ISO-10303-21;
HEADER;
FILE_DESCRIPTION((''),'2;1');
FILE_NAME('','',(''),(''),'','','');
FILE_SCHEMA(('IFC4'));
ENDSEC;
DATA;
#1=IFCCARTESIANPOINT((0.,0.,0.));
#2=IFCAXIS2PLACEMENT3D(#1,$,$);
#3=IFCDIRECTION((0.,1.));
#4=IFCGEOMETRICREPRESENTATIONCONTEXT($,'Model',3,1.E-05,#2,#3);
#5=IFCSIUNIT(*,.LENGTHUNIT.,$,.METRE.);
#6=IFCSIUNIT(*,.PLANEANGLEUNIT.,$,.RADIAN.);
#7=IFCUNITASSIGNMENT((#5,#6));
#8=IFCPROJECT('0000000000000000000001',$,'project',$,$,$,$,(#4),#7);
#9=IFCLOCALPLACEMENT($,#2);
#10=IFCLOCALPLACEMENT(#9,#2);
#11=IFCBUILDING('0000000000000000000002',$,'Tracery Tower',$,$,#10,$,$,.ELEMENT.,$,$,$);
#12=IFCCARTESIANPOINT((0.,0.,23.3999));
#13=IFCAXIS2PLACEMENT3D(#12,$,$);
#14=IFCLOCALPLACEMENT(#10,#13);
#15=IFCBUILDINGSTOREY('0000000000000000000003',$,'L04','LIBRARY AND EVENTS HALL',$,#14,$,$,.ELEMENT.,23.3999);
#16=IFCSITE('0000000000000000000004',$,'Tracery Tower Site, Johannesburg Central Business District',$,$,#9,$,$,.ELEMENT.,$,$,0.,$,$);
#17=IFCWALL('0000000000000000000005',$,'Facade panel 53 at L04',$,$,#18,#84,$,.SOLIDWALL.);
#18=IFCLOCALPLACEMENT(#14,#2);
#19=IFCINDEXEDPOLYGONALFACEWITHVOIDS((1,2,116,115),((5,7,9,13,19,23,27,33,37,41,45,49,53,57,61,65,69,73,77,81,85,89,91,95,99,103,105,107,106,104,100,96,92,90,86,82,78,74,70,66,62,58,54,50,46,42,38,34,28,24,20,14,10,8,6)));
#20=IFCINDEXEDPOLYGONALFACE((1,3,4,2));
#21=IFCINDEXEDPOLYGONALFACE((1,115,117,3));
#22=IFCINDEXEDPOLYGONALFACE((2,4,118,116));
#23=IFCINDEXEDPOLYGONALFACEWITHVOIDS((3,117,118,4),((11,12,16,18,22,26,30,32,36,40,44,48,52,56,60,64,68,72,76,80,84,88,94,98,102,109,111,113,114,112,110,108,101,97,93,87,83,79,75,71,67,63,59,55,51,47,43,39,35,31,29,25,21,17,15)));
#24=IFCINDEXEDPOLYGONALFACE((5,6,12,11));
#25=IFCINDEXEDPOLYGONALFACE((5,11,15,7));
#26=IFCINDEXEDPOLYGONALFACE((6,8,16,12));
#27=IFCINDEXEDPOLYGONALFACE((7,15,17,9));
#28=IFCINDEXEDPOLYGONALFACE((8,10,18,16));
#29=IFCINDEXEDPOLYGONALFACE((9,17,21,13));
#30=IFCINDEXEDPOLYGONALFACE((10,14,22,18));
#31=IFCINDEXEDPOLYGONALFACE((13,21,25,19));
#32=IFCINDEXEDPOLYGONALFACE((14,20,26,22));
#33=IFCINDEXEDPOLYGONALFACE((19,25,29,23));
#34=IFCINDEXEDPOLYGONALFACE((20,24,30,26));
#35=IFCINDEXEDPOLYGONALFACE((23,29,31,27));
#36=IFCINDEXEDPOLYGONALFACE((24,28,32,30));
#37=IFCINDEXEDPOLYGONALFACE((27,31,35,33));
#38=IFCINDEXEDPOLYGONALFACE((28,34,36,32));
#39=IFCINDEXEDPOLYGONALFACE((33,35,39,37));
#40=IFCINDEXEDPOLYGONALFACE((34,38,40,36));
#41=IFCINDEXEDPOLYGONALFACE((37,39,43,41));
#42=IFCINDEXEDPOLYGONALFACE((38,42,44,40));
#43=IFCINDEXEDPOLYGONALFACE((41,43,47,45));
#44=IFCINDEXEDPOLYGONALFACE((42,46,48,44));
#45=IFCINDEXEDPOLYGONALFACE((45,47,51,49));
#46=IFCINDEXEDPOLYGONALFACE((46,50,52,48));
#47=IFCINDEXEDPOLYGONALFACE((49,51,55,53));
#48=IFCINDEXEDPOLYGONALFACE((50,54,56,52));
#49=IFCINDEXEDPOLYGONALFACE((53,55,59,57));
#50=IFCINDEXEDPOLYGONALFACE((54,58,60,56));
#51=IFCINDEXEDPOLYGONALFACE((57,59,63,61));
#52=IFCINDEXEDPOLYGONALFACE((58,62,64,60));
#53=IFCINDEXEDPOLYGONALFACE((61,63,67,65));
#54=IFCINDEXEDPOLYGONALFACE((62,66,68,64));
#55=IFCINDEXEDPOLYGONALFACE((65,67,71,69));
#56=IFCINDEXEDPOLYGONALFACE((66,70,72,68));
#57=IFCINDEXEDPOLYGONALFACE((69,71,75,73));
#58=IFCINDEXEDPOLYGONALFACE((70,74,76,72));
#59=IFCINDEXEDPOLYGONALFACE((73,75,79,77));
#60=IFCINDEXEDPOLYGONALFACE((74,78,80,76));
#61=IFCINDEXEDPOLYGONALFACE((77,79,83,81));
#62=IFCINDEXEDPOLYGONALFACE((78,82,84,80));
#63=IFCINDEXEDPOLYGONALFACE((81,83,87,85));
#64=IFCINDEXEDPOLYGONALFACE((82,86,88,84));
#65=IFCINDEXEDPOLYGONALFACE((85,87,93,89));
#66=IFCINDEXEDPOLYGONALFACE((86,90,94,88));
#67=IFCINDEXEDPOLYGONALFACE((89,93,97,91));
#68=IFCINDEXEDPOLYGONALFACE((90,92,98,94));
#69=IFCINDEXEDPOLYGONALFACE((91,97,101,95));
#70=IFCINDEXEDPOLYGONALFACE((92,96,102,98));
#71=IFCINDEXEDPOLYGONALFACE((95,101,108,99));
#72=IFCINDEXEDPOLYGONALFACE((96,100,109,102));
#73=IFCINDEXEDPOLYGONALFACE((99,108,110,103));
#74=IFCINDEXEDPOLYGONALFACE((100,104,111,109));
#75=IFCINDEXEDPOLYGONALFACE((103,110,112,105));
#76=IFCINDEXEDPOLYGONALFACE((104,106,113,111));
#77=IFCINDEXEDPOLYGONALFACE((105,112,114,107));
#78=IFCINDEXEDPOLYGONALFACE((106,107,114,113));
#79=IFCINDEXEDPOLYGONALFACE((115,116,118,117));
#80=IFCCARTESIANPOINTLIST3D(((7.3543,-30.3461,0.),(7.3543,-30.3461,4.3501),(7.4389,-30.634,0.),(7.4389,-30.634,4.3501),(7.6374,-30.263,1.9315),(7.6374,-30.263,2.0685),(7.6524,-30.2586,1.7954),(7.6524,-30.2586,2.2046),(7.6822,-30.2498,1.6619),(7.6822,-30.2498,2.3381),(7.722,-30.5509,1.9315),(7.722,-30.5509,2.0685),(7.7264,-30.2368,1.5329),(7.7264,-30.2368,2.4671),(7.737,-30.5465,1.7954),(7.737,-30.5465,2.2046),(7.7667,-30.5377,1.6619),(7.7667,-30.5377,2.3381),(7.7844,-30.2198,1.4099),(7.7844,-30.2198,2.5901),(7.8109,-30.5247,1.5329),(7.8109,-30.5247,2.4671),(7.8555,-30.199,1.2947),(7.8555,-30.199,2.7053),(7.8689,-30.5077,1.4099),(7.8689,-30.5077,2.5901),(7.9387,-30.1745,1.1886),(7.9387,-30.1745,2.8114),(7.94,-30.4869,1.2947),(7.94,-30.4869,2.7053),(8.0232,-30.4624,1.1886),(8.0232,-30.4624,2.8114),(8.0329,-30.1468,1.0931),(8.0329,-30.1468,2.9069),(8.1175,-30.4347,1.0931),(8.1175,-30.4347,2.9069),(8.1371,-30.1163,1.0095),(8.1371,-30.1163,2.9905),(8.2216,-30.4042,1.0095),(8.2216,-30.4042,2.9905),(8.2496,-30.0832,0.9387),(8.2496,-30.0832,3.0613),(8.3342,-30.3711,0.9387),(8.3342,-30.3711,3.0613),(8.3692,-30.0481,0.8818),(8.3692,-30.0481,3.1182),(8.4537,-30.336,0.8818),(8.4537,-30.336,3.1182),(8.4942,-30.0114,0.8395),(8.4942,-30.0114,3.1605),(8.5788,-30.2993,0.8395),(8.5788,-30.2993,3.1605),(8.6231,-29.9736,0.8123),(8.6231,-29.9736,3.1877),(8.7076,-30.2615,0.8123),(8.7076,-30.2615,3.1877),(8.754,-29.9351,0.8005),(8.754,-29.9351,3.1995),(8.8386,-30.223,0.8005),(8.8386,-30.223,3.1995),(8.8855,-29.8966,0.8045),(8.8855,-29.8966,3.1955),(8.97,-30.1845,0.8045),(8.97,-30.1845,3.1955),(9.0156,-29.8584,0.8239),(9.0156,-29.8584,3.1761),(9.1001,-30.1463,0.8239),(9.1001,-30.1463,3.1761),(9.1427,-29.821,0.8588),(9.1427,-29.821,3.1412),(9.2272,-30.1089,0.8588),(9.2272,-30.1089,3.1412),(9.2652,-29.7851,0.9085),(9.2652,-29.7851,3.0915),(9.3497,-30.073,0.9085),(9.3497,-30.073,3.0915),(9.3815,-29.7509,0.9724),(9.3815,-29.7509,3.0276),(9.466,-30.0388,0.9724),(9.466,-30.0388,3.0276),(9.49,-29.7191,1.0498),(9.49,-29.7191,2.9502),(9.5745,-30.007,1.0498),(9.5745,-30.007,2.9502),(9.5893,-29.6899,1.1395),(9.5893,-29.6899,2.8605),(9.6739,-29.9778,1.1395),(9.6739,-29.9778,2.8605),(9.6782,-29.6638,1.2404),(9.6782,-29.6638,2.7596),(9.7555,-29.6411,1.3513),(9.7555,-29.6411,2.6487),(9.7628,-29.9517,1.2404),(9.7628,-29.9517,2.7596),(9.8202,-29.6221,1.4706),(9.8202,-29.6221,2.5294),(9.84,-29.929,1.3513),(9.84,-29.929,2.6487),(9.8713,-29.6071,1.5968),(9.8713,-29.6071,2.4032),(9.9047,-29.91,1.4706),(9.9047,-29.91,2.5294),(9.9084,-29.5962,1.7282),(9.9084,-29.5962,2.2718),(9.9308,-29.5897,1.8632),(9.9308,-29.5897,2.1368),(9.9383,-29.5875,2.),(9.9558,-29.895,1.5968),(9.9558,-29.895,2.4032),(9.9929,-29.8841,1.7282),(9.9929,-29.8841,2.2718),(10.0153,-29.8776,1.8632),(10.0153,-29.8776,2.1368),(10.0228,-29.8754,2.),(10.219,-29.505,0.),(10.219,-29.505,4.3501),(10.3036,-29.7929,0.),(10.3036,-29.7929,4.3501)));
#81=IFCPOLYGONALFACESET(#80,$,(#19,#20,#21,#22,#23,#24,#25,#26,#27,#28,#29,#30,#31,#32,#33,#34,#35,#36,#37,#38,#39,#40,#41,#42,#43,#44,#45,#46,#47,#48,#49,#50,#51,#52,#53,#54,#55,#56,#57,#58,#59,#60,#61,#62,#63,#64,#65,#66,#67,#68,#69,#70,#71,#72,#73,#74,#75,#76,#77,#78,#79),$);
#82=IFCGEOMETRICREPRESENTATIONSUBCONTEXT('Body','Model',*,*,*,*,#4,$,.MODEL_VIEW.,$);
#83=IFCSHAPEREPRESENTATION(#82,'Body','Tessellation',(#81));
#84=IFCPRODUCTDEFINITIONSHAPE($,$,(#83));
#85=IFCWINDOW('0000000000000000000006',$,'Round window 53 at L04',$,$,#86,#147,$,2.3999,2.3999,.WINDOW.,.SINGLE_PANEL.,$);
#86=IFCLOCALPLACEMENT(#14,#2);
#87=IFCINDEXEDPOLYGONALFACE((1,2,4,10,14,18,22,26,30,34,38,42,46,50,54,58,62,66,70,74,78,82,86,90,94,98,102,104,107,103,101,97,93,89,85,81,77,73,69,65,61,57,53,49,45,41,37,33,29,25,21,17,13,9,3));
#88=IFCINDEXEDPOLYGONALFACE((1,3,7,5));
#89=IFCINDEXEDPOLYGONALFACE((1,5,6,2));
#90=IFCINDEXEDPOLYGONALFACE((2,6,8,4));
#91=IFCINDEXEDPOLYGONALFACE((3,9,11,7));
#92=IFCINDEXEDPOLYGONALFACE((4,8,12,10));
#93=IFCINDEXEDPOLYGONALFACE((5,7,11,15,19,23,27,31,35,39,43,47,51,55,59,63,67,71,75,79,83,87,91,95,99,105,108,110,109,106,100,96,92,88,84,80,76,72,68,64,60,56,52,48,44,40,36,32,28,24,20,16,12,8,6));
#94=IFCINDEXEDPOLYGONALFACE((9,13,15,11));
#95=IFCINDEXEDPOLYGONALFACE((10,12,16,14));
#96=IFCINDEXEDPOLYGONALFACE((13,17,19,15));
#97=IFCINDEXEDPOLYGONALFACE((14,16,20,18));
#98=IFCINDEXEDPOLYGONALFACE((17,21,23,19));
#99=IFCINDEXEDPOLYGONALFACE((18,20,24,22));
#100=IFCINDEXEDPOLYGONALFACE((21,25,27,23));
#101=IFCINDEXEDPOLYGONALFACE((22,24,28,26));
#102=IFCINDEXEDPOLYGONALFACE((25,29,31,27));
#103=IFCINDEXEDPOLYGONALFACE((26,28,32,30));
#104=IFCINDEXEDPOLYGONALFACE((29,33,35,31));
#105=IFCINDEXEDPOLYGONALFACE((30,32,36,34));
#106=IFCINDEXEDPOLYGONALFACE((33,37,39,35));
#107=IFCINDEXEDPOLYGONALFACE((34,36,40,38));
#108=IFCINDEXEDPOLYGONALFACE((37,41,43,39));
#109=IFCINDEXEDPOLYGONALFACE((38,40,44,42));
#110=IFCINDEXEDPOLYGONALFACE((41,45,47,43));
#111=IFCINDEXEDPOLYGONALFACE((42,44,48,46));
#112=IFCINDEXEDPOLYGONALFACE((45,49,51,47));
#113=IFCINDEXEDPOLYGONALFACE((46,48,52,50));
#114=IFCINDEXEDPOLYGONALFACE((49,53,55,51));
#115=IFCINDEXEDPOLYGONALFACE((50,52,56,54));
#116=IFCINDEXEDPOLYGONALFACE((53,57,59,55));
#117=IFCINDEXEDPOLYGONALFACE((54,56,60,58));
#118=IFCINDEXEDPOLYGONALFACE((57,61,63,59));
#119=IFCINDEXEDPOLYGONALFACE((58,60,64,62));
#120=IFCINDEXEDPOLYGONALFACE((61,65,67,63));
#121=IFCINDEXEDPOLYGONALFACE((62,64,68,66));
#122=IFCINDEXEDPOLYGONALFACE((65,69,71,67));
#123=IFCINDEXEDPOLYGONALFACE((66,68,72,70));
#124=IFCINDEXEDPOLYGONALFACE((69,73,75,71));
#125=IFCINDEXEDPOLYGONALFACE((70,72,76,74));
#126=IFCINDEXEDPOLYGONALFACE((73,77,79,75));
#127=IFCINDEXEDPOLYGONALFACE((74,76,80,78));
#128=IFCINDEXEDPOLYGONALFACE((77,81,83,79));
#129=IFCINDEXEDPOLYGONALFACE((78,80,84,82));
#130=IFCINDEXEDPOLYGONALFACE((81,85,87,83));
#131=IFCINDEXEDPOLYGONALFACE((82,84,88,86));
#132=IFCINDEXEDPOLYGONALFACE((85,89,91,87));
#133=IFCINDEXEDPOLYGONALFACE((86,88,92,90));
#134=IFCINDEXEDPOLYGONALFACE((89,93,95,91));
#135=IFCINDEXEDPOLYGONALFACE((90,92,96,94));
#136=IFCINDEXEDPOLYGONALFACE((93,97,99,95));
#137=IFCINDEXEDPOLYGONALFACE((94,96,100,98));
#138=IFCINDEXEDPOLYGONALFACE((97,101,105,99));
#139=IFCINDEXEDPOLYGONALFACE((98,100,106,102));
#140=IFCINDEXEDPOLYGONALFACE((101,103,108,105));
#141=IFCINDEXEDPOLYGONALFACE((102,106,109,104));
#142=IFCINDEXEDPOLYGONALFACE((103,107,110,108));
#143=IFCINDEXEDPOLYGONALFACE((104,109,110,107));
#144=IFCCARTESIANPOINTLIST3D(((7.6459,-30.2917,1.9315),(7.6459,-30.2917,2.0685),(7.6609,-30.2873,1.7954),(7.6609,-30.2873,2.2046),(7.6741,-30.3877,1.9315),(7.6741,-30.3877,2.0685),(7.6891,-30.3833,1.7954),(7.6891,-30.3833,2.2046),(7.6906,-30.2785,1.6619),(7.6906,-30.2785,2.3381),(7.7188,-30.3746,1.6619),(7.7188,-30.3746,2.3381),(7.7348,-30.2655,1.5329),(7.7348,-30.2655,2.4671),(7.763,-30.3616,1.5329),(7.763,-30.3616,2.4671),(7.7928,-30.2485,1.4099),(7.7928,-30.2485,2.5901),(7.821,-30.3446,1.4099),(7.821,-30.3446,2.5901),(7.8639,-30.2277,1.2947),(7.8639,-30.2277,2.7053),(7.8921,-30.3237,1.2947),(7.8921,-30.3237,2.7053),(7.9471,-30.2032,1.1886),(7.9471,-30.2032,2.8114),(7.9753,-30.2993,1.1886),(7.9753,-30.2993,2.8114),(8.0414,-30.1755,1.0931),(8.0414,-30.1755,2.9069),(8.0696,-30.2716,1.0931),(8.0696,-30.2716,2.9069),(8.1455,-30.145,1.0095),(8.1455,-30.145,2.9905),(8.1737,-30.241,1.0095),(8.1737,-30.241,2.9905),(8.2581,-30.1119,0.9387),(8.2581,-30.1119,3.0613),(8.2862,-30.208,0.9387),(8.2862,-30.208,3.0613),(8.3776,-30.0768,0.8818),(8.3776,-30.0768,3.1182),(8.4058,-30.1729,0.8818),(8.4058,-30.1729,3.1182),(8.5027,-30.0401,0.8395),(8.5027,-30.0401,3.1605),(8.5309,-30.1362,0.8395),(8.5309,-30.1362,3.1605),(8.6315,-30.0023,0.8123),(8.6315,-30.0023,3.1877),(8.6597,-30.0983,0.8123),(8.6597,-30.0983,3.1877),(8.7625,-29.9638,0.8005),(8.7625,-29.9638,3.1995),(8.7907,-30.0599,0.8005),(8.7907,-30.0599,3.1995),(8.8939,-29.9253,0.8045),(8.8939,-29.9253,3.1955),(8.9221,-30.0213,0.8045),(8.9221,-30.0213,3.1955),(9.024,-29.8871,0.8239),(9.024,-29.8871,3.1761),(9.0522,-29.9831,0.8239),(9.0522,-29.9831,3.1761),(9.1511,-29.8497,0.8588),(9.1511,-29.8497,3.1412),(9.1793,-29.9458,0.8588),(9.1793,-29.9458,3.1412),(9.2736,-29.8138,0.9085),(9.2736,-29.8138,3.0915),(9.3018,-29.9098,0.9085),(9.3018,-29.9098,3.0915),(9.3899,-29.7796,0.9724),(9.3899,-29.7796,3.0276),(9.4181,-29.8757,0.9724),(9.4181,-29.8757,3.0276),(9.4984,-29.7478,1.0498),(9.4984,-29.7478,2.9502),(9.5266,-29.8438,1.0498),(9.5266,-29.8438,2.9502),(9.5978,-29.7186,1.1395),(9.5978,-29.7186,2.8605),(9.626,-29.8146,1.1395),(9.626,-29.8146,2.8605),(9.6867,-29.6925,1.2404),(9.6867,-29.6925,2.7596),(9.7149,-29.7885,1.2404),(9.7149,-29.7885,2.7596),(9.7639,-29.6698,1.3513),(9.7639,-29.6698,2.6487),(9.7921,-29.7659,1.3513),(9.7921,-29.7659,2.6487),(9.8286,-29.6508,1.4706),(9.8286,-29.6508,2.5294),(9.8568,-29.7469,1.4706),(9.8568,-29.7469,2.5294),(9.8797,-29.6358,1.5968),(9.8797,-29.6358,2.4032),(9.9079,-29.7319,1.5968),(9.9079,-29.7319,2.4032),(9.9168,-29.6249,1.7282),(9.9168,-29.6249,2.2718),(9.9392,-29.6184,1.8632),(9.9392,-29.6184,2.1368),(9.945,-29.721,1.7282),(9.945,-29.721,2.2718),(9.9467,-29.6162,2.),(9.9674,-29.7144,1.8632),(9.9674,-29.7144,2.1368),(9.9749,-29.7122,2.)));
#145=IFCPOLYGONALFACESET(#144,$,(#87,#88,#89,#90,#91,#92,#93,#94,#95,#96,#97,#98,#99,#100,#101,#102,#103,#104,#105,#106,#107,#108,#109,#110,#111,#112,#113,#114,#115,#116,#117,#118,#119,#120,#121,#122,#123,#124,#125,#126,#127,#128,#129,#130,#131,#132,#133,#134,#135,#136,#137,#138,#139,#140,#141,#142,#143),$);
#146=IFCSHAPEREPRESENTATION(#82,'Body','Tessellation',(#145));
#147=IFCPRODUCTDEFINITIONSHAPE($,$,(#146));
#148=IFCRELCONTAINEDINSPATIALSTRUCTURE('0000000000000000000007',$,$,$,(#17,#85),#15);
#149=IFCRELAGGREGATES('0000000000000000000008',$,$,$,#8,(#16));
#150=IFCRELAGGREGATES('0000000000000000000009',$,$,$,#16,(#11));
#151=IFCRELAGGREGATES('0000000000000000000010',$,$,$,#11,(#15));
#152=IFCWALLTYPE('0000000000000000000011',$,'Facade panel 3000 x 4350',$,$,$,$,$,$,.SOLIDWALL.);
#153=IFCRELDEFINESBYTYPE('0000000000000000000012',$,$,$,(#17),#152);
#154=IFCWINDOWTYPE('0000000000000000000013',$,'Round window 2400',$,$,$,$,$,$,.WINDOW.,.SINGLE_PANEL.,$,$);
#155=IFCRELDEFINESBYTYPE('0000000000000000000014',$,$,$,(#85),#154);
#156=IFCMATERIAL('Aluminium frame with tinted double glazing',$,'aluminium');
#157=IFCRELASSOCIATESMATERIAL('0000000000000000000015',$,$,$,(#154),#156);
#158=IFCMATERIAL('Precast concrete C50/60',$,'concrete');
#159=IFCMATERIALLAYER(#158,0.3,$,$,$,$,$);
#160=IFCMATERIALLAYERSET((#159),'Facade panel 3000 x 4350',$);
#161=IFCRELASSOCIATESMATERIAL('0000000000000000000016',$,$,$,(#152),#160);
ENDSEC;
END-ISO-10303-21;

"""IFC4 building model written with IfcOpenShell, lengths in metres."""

from ifc_helpers import new_model, si_unit, direction, frame, frame_2d, origin, origin_2d, place, context, subcontext, project, spatial, rectangle, circle, extrude, material, layer, layer_set, type_object, element, fill, save


model = new_model("IFC4")

# Units and contexts
model_context = context("Model", 3, precision=1e-05, world=origin(), true_north=direction((0.0, 1.0)))
body_context = subcontext(model_context, "Body", "Model", "MODEL_VIEW")
ifc_project = project(units=[si_unit("LENGTHUNIT", "METRE"), si_unit("PLANEANGLEUNIT", "RADIAN")], contexts=[model_context])

# Site, building, storey
site_placement = place(None, origin())
site = spatial("IfcSite", under=ifc_project, at=site_placement, Name="Tracery Tower Site, Johannesburg Central Business District", CompositionType="ELEMENT", RefElevation=0.0)
building_placement = place(site_placement, origin())
building = spatial("IfcBuilding", under=site, at=building_placement, Name="Tracery Tower", CompositionType="ELEMENT")
storey_placement = place(building_placement, frame((0.0, 0.0, 23.3999)))
storey = spatial("IfcBuildingStorey", under=building, at=storey_placement, Name="L04", Description="LIBRARY AND EVENTS HALL", CompositionType="ELEMENT", Elevation=23.3999)

# Wall, opening, window
ifc_material_1 = material(Name="Aluminium frame with tinted double glazing", Category="aluminium")
window_type = type_object("IfcWindowType", Name="Round window 2400", PartitioningType="SINGLE_PANEL", PredefinedType="WINDOW", material=ifc_material_1)
ifc_material_2 = material(Name="Precast concrete C50/60", Category="concrete")
ifc_layer_1 = layer(ifc_material_2, 0.3)
ifc_layer_set_1 = layer_set([ifc_layer_1], Name="Facade panel 3000 x 4350")
wall_type_1 = type_object("IfcWallType", Name="Facade panel 3000 x 4350", PredefinedType="SOLIDWALL", material=ifc_layer_set_1)
wall_1_placement = place(storey_placement, frame((7.3967, -30.49, 0.0), z_axis=(0.0, 0.0, 1.0), x_axis=(0.959502, 0.281701, 0.0)))
wall_1 = element("IfcWall", 1, at=wall_1_placement, inside=storey, type_object=wall_type_1, Name="Facade panel 53 at L04", PredefinedType="SOLIDWALL", context=body_context, shape_type="SweptSolid", body=[
    extrude(rectangle(XDim=2.9856, YDim=0.3, at=frame_2d((1.4927, 0.0))), origin(), (0.0, 0.0, 1.0), 4.3501),
])
opening_1_placement = place(wall_1_placement, frame((1.4929, 0.0, 2.0)))
opening_1 = element("IfcOpeningElement", 2, at=opening_1_placement, cuts=wall_1, PredefinedType="OPENING", context=body_context, shape_type="SweptSolid", body=[
    extrude(circle(Radius=1.2, at=origin_2d()), frame((0.0, 0.1599, 0.0), z_axis=(0.0, -1.0, 0.0), x_axis=(1.0, 0.0, 0.0)), (0.0, 0.0, 1.0), 0.3201),
])
window_1_placement = place(opening_1_placement, origin())
window_1 = element("IfcWindow", 3, at=window_1_placement, inside=storey, type_object=window_type, Name="Round window 53 at L04", OverallHeight=2.3999, OverallWidth=2.3999, PartitioningType="SINGLE_PANEL", PredefinedType="WINDOW", context=body_context, shape_type="SweptSolid", body=[
    extrude(circle(Radius=1.2, at=origin_2d()), frame((0.0, 0.1201, 0.0), z_axis=(0.0, -1.0, 0.0), x_axis=(1.0, 0.0, 0.0)), (0.0, 0.0, 1.0), 0.1001),
])
fill(opening_1, window_1)

save(model, "model.ifc")
